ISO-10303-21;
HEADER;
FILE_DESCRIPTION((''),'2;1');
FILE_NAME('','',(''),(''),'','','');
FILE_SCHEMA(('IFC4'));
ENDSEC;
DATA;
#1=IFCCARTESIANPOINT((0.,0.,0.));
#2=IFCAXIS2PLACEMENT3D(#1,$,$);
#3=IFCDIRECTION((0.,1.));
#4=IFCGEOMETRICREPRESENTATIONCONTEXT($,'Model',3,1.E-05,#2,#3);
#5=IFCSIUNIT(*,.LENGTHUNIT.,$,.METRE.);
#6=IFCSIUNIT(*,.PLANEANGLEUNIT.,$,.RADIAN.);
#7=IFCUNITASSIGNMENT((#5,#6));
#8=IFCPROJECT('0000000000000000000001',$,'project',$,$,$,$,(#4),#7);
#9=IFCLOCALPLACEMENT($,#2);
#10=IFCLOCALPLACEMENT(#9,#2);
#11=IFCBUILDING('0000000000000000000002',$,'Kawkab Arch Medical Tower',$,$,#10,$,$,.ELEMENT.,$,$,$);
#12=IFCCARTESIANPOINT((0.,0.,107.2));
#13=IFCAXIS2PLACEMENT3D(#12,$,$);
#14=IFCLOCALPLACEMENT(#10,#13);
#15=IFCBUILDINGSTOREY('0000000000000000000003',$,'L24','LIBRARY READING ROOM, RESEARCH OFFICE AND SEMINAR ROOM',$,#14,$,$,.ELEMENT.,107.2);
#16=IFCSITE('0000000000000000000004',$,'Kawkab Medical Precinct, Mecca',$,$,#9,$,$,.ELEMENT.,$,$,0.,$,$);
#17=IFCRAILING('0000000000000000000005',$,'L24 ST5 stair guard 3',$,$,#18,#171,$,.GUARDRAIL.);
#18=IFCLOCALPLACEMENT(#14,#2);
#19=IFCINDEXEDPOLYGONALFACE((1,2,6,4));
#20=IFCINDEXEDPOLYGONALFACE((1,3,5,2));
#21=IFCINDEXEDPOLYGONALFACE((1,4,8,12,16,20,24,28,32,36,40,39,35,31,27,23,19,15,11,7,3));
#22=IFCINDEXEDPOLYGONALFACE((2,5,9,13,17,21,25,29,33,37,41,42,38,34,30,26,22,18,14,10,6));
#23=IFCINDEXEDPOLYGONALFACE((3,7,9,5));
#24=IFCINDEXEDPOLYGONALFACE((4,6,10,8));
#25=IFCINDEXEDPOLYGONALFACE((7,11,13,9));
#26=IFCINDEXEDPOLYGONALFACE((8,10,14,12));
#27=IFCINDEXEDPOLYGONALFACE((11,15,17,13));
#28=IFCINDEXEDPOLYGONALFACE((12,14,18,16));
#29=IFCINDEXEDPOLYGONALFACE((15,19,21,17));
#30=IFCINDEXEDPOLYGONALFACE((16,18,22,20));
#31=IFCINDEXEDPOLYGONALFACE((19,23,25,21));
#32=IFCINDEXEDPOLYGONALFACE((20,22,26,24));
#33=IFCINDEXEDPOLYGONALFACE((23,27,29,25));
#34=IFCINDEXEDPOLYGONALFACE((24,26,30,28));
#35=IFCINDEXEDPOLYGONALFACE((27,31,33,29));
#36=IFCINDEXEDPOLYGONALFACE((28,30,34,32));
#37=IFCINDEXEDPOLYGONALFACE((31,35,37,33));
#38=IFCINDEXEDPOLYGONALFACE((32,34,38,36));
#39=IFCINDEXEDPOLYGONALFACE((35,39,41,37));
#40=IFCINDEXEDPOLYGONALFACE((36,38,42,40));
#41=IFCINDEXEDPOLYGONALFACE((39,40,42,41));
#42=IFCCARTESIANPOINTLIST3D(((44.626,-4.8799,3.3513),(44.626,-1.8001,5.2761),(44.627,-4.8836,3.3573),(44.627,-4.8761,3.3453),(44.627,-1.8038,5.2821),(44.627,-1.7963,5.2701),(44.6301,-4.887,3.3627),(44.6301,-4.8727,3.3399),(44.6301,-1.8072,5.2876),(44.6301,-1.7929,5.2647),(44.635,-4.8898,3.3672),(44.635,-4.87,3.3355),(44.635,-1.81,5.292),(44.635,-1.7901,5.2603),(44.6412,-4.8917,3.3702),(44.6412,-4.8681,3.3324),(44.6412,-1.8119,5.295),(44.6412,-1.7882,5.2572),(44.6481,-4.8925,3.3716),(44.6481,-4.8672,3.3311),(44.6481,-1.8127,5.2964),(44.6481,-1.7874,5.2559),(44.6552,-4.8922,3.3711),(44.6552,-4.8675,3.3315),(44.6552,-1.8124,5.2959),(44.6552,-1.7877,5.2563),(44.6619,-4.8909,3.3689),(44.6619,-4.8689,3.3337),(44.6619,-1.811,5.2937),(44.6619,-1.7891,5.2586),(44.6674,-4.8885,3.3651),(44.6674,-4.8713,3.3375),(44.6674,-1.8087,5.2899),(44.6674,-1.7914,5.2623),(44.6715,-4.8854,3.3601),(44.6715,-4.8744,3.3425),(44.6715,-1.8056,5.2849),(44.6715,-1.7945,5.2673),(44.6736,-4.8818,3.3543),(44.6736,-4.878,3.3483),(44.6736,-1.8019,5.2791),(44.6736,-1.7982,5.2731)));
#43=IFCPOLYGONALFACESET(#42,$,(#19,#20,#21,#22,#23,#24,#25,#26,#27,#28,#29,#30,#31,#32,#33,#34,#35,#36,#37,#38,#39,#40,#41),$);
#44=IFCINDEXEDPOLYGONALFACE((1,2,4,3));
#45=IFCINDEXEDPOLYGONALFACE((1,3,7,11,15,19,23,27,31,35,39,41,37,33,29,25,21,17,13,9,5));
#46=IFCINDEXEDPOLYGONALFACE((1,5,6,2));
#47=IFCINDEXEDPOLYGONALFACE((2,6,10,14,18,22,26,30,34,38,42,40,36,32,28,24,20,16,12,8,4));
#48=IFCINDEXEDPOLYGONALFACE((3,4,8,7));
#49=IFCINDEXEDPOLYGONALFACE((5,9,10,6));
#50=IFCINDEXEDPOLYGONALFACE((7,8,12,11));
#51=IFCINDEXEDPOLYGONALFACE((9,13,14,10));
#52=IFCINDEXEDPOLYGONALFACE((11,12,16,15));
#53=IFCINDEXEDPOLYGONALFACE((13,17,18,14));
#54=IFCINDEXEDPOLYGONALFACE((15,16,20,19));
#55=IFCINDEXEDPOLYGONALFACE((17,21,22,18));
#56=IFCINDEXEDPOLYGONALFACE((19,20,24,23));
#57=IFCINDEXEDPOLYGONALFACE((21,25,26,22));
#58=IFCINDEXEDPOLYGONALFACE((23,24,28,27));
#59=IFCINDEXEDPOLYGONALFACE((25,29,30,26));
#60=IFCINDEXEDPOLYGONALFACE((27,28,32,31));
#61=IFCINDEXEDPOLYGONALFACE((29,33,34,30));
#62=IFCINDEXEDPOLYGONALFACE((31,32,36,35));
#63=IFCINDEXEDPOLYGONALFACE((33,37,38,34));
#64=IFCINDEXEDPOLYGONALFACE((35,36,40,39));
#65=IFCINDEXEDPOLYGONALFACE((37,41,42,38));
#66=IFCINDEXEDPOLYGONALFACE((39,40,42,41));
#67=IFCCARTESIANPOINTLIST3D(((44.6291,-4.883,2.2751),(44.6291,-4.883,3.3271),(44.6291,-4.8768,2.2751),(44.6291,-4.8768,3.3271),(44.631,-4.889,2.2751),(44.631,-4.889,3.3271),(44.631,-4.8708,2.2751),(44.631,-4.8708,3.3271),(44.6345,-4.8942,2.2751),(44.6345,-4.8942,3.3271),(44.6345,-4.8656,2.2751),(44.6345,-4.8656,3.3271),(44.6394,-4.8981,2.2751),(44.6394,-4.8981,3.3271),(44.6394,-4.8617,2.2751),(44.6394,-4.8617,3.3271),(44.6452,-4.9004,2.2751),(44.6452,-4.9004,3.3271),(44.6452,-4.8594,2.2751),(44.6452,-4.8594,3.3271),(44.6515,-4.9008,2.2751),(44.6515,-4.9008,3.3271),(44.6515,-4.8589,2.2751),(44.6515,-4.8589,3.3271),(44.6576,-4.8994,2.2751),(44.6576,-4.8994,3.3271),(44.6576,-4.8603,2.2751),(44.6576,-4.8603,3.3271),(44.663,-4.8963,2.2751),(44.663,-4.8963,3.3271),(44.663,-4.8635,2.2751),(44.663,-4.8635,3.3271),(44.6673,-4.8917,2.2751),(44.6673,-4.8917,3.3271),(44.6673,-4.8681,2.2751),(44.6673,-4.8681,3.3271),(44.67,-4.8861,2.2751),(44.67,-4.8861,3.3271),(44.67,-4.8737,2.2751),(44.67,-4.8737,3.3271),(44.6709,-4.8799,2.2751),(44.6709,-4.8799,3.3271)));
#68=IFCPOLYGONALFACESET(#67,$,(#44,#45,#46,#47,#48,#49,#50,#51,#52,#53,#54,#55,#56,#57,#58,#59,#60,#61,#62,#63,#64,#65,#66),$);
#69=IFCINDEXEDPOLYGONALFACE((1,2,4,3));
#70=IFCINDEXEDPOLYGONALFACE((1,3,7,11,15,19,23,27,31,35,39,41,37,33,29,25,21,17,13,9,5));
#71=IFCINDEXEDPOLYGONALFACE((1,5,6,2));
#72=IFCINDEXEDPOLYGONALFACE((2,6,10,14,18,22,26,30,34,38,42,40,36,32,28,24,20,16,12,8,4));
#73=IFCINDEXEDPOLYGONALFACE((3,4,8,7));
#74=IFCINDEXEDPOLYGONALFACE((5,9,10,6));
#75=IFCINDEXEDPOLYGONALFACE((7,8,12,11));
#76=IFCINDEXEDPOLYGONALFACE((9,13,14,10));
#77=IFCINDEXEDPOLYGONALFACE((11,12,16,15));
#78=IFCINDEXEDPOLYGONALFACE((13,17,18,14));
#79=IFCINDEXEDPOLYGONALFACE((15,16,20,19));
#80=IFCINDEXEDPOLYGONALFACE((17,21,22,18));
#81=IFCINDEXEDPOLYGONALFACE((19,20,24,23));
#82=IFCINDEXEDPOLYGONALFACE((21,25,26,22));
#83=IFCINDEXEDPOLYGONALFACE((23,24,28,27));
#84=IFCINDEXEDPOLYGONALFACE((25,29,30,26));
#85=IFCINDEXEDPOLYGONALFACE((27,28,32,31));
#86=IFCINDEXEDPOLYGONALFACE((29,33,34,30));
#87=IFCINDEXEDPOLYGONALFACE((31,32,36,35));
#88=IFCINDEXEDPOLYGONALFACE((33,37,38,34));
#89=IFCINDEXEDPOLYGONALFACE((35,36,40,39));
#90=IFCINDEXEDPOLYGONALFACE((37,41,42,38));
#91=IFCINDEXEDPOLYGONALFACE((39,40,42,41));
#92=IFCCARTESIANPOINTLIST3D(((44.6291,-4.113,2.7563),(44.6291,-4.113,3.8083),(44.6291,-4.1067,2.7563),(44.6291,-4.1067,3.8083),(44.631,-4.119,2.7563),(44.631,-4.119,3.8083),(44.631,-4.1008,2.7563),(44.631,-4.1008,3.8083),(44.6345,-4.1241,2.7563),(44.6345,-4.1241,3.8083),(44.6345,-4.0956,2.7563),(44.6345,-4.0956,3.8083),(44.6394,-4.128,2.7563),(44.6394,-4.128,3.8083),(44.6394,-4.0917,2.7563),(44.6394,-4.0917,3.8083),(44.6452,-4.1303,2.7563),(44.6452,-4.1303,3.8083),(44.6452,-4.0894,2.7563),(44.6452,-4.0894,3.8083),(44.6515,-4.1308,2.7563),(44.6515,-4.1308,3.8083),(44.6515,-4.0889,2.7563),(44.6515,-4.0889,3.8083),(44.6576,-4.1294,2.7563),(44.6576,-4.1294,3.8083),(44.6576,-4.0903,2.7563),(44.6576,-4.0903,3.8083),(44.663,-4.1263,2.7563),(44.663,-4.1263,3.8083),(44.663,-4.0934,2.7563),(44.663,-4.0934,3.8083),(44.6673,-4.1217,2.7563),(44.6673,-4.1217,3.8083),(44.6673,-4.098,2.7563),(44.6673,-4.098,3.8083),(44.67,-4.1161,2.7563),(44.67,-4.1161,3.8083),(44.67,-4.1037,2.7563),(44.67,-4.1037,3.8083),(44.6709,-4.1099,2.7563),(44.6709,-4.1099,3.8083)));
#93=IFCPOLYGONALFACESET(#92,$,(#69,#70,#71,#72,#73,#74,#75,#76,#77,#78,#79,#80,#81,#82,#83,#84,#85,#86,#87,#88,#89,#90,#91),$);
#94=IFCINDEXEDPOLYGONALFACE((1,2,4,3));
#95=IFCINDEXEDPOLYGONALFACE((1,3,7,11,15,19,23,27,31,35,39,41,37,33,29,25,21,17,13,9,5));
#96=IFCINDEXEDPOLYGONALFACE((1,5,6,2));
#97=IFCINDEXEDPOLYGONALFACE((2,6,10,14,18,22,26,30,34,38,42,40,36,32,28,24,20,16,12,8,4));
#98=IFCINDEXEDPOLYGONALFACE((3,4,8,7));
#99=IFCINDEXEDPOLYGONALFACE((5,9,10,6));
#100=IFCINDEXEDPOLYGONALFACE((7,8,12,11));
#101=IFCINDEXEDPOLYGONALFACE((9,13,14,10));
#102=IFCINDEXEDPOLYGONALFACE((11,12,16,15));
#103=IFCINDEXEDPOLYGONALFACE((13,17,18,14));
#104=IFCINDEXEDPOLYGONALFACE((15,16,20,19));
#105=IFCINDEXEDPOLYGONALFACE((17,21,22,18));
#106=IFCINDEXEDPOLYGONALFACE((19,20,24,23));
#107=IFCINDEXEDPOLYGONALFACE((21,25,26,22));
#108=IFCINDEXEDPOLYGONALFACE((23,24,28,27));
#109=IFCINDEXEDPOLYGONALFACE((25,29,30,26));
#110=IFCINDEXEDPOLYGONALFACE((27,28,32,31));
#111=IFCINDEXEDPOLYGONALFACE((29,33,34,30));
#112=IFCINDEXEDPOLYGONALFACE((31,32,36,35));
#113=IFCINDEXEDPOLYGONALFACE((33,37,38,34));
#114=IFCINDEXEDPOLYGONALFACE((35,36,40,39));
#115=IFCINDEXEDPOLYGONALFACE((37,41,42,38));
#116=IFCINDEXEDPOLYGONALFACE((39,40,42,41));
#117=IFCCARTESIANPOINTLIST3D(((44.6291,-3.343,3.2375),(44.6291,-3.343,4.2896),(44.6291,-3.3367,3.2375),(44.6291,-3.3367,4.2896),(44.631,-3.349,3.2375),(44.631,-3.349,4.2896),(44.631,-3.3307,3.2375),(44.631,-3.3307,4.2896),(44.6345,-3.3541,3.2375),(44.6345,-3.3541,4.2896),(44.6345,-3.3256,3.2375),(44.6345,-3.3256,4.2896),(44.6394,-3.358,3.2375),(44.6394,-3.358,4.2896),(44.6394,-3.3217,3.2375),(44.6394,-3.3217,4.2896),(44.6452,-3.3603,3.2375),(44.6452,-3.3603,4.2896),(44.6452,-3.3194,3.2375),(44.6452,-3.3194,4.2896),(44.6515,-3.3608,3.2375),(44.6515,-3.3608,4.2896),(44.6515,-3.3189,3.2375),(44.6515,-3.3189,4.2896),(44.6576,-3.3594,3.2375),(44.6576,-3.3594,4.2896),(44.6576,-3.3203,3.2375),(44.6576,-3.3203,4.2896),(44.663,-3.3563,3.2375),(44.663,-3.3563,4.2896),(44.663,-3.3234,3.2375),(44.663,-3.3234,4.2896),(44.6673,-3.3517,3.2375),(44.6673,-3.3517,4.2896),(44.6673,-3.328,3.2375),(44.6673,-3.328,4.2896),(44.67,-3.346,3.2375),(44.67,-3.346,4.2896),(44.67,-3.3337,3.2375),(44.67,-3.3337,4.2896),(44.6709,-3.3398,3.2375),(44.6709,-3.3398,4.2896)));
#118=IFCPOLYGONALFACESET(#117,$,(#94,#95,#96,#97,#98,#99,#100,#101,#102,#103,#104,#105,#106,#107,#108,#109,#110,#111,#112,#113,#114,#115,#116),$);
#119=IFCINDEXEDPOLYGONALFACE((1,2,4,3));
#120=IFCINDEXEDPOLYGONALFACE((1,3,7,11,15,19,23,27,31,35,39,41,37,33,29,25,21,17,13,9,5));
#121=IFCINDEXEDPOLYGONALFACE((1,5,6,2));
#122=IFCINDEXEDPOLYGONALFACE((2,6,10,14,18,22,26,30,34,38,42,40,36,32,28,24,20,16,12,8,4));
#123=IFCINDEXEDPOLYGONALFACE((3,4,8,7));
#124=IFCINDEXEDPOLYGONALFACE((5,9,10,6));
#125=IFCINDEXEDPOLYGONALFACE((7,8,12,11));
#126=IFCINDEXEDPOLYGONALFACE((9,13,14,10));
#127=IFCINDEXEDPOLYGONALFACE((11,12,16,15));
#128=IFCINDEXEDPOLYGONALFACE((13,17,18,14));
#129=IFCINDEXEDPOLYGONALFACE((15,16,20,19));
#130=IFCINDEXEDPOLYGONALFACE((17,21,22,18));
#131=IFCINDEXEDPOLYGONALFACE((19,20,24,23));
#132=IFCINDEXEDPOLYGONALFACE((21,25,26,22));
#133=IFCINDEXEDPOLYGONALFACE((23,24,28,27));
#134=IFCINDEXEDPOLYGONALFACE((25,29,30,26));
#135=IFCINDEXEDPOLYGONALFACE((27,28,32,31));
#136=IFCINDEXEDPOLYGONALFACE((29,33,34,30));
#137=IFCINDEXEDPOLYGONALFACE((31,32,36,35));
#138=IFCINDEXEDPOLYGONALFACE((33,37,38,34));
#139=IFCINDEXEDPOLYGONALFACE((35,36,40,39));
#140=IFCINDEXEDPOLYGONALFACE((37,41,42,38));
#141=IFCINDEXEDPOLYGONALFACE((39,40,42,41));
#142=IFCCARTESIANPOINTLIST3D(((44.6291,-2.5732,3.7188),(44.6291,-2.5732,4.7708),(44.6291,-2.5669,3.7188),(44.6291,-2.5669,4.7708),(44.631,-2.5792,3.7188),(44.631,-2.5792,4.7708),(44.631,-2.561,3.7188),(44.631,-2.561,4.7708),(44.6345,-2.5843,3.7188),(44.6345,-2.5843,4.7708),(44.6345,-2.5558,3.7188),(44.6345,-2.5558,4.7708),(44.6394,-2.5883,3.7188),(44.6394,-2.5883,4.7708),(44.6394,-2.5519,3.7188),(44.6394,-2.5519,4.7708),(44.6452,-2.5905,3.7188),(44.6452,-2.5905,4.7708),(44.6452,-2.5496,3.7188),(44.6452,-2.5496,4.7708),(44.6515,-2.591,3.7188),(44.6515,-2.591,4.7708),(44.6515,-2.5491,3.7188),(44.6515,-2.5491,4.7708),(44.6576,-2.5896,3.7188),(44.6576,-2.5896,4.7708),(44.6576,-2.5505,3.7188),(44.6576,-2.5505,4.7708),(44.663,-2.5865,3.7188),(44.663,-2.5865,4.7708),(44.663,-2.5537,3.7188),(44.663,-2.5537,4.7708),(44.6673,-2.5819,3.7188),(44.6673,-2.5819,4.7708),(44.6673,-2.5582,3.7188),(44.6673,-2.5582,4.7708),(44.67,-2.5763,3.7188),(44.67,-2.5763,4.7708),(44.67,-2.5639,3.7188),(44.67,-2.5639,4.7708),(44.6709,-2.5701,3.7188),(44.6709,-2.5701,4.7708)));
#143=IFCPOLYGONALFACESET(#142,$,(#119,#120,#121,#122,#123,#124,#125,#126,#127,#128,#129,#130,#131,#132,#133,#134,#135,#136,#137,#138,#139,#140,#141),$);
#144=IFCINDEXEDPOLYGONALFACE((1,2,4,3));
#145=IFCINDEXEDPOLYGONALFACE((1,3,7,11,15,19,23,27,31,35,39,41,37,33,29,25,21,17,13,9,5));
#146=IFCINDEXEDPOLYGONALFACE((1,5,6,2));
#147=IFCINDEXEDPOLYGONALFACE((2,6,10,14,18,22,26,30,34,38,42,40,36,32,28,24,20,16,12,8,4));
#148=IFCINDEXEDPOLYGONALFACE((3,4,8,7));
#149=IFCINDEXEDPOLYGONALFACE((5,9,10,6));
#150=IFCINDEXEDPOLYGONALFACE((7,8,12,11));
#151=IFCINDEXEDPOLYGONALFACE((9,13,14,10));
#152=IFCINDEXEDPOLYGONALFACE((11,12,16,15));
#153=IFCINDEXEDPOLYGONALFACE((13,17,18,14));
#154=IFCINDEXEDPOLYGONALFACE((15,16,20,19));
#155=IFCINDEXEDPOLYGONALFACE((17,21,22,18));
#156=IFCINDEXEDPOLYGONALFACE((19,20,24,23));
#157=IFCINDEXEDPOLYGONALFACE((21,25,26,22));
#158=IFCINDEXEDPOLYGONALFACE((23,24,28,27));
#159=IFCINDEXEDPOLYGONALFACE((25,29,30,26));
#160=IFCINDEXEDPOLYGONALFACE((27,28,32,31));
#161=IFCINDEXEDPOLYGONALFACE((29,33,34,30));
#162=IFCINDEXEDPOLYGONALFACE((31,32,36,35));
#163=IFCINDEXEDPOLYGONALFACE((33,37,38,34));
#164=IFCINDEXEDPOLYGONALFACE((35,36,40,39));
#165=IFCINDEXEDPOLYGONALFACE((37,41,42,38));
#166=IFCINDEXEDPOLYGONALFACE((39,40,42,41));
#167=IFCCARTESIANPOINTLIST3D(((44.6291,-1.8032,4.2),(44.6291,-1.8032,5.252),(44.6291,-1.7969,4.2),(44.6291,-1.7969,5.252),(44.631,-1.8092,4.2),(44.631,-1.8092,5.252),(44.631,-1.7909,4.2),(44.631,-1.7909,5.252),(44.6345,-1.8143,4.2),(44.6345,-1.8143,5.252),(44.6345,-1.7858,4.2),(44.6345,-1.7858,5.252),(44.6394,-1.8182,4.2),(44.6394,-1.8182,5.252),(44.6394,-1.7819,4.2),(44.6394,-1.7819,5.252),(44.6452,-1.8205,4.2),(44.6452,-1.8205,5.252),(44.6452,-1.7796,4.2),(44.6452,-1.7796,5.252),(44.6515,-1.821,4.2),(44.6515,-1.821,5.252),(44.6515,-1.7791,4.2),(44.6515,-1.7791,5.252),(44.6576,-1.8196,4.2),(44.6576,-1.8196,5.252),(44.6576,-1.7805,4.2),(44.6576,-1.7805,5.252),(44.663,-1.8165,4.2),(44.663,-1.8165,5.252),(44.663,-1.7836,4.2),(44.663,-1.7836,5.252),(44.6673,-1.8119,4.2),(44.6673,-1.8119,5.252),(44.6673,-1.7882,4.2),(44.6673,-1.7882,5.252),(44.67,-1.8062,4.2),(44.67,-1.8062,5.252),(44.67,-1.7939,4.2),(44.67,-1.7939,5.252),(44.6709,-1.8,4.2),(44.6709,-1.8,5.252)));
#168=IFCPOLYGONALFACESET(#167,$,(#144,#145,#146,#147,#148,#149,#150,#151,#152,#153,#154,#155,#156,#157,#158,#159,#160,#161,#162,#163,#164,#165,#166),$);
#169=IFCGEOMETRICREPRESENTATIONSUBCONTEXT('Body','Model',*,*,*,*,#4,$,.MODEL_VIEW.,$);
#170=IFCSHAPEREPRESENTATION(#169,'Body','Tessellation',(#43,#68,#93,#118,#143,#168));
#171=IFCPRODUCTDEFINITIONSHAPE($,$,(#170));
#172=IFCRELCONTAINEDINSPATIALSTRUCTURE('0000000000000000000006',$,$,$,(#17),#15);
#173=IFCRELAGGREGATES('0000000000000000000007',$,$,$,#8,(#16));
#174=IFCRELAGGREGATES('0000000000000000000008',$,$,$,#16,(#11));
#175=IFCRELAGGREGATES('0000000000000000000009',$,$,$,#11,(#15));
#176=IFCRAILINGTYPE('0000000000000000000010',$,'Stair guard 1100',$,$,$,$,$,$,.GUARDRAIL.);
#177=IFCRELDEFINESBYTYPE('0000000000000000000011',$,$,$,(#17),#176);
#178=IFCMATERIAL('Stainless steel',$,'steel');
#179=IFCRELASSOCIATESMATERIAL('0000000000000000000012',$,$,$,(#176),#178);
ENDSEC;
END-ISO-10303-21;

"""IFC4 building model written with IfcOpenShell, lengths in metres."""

from ifc_helpers import new_model, si_unit, direction, frame, origin, origin_2d, place, context, subcontext, project, spatial, circle, extrude, material, type_object, element, save


model = new_model("IFC4")

# Units and contexts
model_context = context("Model", 3, precision=1e-05, world=origin(), true_north=direction((0.0, 1.0)))
body_context = subcontext(model_context, "Body", "Model", "MODEL_VIEW")
ifc_project = project(units=[si_unit("LENGTHUNIT", "METRE"), si_unit("PLANEANGLEUNIT", "RADIAN")], contexts=[model_context])

# Site, building, storey
site_placement = place(None, origin())
site = spatial("IfcSite", under=ifc_project, at=site_placement, Name="Kawkab Medical Precinct, Mecca", CompositionType="ELEMENT", RefElevation=0.0)
building_placement = place(site_placement, origin())
building = spatial("IfcBuilding", under=site, at=building_placement, Name="Kawkab Arch Medical Tower", CompositionType="ELEMENT")
storey_placement = place(building_placement, frame((0.0, 0.0, 107.2)))
storey = spatial("IfcBuildingStorey", under=building, at=storey_placement, Name="L24", Description="LIBRARY READING ROOM, RESEARCH OFFICE AND SEMINAR ROOM", CompositionType="ELEMENT", Elevation=107.2)

# Railing
ifc_material_1 = material(Name="Stainless steel", Category="steel")
railing_type = type_object("IfcRailingType", Name="Stair guard 1100", PredefinedType="GUARDRAIL", material=ifc_material_1)
railing_1_placement = place(storey_placement, frame((44.6499, -4.8799, 2.2751)))
element("IfcRailing", 1, at=railing_1_placement, inside=storey, type_object=railing_type, Name="L24 ST5 stair guard 3", PredefinedType="GUARDRAIL", context=body_context, shape_type="SweptSolid", body=[
    extrude(circle(Radius=0.0239, at=origin_2d()), frame((0.0, 0.0, 1.0762), z_axis=(0.0, 0.84801, 0.529981), x_axis=(-1.0, 0.0, 0.0)), (0.0, 0.0, 1.0), 3.6318),
    extrude(circle(Radius=0.021, at=origin_2d()), origin(), (0.0, 0.0, 1.0), 1.052),
    extrude(circle(Radius=0.021, at=origin_2d()), frame((0.0, 0.77, 0.4812)), (0.0, 0.0, 1.0), 1.052),
    extrude(circle(Radius=0.021, at=origin_2d()), frame((0.0, 1.54, 0.9624)), (0.0, 0.0, 1.0), 1.052),
    extrude(circle(Radius=0.021, at=origin_2d()), frame((0.0, 2.3098, 1.4436)), (0.0, 0.0, 1.0), 1.052),
    extrude(circle(Radius=0.021, at=origin_2d()), frame((0.0, 3.0798, 1.9248)), (0.0, 0.0, 1.0), 1.052),
])

save(model, "model.ifc")
